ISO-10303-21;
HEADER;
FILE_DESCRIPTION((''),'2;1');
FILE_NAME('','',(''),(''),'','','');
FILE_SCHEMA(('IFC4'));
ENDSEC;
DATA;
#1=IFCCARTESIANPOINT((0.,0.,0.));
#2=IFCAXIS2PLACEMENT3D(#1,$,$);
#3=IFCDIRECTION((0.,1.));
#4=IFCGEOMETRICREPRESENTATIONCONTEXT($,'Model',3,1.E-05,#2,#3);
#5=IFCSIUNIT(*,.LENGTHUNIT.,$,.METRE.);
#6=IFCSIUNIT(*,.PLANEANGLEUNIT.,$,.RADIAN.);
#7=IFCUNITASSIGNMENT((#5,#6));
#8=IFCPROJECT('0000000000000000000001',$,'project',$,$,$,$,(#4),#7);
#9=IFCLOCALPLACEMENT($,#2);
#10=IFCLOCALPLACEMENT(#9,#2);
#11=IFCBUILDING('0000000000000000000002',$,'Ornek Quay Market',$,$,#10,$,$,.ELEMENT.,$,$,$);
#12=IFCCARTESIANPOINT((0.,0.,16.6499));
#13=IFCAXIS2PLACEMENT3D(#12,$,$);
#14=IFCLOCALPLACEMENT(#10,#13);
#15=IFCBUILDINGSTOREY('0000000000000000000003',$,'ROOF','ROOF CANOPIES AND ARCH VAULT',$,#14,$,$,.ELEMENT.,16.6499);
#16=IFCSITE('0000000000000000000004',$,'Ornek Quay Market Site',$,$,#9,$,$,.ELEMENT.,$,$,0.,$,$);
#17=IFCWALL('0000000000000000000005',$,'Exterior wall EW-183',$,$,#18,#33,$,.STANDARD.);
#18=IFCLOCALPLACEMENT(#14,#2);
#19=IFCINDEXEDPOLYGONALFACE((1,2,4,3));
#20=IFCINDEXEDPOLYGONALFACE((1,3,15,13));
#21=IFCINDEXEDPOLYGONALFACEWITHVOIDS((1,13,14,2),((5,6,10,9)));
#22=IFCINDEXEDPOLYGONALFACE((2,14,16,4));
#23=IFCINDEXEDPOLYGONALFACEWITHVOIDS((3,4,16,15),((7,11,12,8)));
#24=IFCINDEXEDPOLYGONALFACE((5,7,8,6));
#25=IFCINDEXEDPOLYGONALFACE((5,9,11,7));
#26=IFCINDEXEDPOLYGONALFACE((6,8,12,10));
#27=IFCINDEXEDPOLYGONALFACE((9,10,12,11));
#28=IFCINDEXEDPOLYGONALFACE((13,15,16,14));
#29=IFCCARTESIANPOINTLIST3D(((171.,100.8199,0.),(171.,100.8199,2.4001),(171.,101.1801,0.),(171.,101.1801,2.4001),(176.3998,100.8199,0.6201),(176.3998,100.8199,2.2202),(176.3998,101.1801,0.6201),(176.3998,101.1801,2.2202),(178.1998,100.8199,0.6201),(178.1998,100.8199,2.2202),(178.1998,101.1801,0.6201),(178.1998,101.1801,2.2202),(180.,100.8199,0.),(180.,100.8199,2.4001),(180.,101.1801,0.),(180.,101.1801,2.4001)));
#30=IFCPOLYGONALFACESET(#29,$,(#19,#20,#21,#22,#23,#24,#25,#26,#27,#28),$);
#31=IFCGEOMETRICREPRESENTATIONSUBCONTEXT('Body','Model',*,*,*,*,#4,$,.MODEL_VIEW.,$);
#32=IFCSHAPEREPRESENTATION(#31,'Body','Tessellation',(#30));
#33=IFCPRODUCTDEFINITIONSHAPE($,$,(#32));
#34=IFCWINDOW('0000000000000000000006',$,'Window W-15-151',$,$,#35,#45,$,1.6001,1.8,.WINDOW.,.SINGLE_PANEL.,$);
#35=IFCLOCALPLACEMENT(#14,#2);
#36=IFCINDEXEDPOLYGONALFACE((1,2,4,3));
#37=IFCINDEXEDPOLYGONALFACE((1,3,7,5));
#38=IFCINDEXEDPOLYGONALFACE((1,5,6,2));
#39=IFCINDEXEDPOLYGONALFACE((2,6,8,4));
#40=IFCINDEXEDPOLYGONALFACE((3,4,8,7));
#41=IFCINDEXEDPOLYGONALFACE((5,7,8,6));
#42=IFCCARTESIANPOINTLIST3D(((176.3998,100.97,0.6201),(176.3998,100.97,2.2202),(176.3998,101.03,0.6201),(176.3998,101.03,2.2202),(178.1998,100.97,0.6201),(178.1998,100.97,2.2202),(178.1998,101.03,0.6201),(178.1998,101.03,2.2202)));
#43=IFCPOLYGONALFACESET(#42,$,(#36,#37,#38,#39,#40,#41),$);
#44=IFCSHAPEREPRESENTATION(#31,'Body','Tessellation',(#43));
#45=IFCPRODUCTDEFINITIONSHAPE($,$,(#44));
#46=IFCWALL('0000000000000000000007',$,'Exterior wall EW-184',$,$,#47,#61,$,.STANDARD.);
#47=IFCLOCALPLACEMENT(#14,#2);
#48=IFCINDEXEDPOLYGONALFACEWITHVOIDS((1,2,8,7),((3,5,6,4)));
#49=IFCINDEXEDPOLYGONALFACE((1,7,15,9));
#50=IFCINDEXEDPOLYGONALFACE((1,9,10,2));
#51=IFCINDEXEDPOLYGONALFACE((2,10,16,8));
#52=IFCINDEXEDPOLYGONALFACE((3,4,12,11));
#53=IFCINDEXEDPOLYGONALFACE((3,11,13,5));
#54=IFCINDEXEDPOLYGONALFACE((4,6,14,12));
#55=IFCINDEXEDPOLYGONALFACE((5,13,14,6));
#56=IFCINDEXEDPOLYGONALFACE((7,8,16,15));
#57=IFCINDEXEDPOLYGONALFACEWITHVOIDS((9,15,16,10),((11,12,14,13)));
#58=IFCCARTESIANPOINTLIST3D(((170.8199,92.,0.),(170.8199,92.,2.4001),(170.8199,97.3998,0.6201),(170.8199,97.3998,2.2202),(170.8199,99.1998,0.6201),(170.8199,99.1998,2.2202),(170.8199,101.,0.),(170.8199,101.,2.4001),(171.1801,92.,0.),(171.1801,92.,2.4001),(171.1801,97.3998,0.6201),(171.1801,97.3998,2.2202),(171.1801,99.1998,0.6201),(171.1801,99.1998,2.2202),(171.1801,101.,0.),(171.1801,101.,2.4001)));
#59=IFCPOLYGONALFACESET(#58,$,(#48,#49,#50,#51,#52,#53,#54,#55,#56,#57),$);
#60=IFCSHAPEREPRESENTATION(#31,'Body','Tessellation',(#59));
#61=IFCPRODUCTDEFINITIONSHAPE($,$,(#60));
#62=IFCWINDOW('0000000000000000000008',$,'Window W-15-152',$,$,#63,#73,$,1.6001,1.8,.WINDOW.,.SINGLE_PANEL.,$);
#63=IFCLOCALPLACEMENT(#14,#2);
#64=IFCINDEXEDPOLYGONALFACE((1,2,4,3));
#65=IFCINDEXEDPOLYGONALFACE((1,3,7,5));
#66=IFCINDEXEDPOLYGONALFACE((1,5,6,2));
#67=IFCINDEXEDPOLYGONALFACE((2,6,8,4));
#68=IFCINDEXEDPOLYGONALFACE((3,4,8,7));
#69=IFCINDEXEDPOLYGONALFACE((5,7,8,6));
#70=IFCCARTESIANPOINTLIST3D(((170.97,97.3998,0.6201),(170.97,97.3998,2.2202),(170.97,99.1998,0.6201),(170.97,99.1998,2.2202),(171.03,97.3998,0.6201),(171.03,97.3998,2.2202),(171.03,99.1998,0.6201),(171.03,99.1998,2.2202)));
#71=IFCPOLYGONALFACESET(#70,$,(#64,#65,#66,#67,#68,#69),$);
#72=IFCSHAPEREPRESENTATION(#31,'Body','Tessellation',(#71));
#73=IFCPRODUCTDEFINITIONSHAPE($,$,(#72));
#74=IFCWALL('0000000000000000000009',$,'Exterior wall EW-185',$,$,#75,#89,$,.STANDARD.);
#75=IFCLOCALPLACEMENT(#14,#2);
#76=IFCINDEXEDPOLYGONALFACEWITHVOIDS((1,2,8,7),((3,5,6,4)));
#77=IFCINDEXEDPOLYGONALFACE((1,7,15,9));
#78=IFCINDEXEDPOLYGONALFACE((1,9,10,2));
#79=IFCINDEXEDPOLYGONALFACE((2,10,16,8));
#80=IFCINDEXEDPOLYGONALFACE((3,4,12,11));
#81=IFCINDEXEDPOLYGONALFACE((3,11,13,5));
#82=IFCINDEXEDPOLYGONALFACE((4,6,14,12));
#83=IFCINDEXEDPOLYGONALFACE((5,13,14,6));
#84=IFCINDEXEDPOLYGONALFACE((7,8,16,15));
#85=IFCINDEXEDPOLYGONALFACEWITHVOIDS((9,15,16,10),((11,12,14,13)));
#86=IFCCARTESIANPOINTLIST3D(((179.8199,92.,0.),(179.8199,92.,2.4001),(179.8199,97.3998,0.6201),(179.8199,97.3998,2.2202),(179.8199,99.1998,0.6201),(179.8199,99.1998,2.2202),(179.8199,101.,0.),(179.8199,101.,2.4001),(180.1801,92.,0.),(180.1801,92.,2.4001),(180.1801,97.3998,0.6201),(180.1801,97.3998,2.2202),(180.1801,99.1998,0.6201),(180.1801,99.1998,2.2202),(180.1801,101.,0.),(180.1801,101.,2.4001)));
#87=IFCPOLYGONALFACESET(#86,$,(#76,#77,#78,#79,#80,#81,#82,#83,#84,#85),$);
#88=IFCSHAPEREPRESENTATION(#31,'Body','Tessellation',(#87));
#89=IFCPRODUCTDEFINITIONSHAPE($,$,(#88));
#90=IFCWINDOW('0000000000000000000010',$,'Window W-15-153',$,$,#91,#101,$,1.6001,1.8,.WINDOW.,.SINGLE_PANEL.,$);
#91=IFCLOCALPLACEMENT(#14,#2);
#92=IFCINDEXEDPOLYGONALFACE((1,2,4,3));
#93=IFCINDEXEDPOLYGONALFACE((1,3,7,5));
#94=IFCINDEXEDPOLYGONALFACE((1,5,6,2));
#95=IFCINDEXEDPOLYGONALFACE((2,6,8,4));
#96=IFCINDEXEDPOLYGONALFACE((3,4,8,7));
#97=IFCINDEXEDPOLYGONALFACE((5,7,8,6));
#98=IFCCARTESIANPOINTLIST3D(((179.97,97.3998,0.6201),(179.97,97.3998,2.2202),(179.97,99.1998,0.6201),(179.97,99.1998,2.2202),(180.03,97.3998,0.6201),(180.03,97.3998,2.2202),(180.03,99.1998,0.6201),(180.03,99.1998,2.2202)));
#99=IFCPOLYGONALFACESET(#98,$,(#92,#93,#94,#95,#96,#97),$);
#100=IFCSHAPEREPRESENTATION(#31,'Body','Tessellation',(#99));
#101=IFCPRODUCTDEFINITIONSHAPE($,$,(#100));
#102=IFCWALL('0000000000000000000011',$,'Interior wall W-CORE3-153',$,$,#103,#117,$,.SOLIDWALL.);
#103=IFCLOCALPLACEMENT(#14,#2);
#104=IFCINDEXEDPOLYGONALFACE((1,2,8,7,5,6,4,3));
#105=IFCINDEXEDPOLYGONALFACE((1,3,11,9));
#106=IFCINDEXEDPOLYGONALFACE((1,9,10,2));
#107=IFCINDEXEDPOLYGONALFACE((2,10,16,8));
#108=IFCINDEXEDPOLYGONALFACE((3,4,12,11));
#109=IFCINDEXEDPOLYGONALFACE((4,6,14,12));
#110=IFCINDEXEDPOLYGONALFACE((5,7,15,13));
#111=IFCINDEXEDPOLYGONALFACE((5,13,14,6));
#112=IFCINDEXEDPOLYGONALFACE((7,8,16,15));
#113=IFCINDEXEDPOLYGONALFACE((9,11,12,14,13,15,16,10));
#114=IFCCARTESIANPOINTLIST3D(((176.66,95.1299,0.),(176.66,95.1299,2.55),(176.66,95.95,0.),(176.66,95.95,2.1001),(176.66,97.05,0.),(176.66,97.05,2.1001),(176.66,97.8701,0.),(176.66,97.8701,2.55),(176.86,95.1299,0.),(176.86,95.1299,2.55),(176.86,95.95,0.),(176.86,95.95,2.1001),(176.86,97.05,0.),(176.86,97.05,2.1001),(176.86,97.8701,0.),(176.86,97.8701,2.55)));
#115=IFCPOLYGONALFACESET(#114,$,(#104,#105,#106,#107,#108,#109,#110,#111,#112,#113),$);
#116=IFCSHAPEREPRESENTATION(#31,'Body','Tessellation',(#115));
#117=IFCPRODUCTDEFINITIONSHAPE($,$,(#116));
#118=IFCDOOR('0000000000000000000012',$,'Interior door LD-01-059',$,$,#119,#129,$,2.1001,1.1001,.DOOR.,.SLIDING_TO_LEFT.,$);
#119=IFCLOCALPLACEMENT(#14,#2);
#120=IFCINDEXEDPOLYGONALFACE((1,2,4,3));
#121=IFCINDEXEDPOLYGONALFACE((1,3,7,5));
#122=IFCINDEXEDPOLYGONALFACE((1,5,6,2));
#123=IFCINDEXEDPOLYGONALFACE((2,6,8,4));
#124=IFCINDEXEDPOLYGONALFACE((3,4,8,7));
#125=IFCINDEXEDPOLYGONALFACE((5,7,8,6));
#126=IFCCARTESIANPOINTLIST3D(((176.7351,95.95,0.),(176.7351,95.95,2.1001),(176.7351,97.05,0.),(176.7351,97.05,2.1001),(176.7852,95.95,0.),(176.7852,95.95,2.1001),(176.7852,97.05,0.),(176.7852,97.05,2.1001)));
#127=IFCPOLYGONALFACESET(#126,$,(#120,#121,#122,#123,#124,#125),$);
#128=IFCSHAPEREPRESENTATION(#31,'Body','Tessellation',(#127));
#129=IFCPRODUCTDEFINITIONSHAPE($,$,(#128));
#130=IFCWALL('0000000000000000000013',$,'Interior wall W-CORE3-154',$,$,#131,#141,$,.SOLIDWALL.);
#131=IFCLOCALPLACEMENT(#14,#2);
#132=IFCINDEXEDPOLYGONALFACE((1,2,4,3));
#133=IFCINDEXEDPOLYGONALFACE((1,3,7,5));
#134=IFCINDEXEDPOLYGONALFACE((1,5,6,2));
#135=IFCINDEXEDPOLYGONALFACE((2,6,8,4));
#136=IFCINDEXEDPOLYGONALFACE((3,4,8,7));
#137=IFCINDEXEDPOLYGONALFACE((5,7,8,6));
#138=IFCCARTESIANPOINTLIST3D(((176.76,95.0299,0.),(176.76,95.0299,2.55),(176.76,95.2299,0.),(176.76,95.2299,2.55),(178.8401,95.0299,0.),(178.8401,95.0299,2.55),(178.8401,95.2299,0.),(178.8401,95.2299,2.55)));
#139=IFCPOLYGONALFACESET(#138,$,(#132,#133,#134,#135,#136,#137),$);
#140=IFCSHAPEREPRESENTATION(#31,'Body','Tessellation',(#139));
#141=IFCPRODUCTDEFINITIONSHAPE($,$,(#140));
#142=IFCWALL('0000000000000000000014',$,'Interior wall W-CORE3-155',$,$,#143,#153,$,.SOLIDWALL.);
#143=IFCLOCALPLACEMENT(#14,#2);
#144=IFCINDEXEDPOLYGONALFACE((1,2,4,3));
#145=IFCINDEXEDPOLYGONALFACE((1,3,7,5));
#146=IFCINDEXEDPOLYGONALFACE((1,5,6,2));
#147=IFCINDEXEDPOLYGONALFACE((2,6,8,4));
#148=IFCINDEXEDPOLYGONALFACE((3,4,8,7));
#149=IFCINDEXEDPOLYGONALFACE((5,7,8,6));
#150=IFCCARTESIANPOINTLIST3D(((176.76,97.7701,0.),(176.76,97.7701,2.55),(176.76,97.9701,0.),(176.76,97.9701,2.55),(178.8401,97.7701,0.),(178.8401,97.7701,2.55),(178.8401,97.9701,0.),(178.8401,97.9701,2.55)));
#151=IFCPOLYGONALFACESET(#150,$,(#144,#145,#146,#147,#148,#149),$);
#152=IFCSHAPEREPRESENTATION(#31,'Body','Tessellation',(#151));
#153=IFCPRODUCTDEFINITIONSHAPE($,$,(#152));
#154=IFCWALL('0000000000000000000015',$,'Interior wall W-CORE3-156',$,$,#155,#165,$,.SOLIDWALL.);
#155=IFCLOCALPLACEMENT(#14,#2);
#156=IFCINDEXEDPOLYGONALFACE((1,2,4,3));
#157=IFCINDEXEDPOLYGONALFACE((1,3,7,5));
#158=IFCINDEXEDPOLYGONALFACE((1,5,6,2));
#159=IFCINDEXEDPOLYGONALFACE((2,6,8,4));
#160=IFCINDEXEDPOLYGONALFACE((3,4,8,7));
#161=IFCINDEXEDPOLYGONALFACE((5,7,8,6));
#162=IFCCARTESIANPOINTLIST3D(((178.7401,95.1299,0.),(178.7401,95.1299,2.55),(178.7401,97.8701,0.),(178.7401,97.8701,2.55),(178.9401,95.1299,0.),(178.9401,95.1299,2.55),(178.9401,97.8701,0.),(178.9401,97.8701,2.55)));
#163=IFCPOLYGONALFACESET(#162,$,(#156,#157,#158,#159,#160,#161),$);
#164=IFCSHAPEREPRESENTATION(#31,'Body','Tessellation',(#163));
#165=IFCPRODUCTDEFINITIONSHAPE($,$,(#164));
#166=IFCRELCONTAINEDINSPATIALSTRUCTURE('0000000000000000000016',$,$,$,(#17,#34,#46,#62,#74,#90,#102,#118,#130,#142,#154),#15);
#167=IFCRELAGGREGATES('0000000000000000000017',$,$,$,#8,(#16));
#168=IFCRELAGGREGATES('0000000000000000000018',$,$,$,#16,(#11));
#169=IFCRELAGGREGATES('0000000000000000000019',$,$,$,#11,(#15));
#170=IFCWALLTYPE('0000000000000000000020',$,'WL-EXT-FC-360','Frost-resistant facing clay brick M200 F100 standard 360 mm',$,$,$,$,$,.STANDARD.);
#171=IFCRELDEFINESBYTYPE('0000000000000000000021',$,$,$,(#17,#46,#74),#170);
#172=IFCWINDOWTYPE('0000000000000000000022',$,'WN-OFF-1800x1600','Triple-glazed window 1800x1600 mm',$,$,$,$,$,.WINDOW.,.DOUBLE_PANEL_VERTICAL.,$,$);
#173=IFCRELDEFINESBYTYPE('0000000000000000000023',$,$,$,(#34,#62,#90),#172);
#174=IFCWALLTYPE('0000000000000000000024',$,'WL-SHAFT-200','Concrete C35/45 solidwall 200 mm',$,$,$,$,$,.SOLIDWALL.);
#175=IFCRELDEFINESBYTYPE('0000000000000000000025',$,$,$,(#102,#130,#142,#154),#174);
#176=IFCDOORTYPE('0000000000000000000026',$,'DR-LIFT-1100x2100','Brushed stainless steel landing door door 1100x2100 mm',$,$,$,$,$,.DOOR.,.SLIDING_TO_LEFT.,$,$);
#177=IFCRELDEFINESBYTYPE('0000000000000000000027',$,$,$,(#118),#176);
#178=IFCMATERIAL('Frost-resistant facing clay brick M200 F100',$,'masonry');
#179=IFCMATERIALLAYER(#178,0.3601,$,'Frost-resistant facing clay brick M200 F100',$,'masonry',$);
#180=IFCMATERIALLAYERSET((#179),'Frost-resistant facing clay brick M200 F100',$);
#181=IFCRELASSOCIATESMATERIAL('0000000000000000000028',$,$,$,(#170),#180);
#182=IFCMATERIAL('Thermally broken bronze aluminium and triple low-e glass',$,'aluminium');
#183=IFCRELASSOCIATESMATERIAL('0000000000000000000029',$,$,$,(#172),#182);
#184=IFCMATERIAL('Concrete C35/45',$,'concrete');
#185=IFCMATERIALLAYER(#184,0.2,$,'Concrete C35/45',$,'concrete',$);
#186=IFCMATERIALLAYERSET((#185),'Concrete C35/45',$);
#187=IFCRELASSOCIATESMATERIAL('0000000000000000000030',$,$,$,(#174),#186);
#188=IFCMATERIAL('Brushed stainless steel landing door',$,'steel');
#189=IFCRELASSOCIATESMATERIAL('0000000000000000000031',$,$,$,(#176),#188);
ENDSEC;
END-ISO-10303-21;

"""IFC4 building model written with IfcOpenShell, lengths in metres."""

from ifc_helpers import new_model, si_unit, direction, frame, frame_2d, origin, place, context, subcontext, project, spatial, rectangle, extrude, material, layer, layer_set, type_object, element, fill, save


model = new_model("IFC4")

# Units and contexts
model_context = context("Model", 3, precision=1e-05, world=origin(), true_north=direction((0.0, 1.0)))
body_context = subcontext(model_context, "Body", "Model", "MODEL_VIEW")
ifc_project = project(units=[si_unit("LENGTHUNIT", "METRE"), si_unit("PLANEANGLEUNIT", "RADIAN")], contexts=[model_context])

# Site, building, storey
site_placement = place(None, origin())
site = spatial("IfcSite", under=ifc_project, at=site_placement, Name="Ornek Quay Market Site", CompositionType="ELEMENT", RefElevation=0.0)
building_placement = place(site_placement, origin())
building = spatial("IfcBuilding", under=site, at=building_placement, Name="Ornek Quay Market", CompositionType="ELEMENT")
storey_placement = place(building_placement, frame((0.0, 0.0, 16.6499)))
storey = spatial("IfcBuildingStorey", under=building, at=storey_placement, Name="ROOF", Description="ROOF CANOPIES AND ARCH VAULT", CompositionType="ELEMENT", Elevation=16.6499)

# Shared definitions
ifc_material_1 = material(Name="Concrete C35/45", Category="concrete")

# Walls, openings, windows
ifc_material_2 = material(Name="Frost-resistant facing clay brick M200 F100", Category="masonry")
ifc_layer_1 = layer(ifc_material_2, 0.3601, Name="Frost-resistant facing clay brick M200 F100", Category="masonry")
ifc_layer_set_1 = layer_set([ifc_layer_1], Name="Frost-resistant facing clay brick M200 F100")
wall_type_1 = type_object("IfcWallType", Name="WL-EXT-FC-360", Description="Frost-resistant facing clay brick M200 F100 standard 360 mm", PredefinedType="STANDARD", material=ifc_layer_set_1)
ifc_material_3 = material(Name="Thermally broken bronze aluminium and triple low-e glass", Category="aluminium")
window_type = type_object("IfcWindowType", Name="WN-OFF-1800x1600", Description="Triple-glazed window 1800x1600 mm", PartitioningType="DOUBLE_PANEL_VERTICAL", PredefinedType="WINDOW", material=ifc_material_3)
wall_1_placement = place(storey_placement, frame((171.0, 101.0, 0.0), z_axis=(0.0, 0.0, 1.0), x_axis=(1.0, 0.0, 0.0)))
wall_1 = element("IfcWall", 1, at=wall_1_placement, inside=storey, type_object=wall_type_1, Name="Exterior wall EW-183", PredefinedType="STANDARD", context=body_context, shape_type="SweptSolid", body=[
    extrude(rectangle(XDim=9.0, YDim=0.3601, at=frame_2d((4.5, 0.0))), origin(), (0.0, 0.0, 1.0), 2.4001),
])
opening_1_placement = place(wall_1_placement, frame((5.3999, 0.0, 0.6201)))
opening_1 = element("IfcOpeningElement", 2, at=opening_1_placement, cuts=wall_1, PredefinedType="OPENING", context=body_context, shape_type="SweptSolid", body=[
    extrude(rectangle(XDim=1.8, YDim=1.6001, at=frame_2d((0.8999, 0.8))), frame((0.0, 0.1899, 0.0), z_axis=(0.0, -1.0, 0.0), x_axis=(1.0, 0.0, 0.0)), (0.0, 0.0, 1.0), 0.3801),
])
window_1_placement = place(opening_1_placement, origin())
window_1 = element("IfcWindow", 3, at=window_1_placement, inside=storey, type_object=window_type, Name="Window W-15-151", OverallHeight=1.6001, OverallWidth=1.8, PartitioningType="SINGLE_PANEL", PredefinedType="WINDOW", context=body_context, shape_type="SweptSolid", body=[
    extrude(rectangle(XDim=1.8, YDim=1.6001, at=frame_2d((0.8999, 0.8))), frame((0.0, 0.03, 0.0), z_axis=(0.0, -1.0, 0.0), x_axis=(1.0, 0.0, 0.0)), (0.0, 0.0, 1.0), 0.0601),
])
fill(opening_1, window_1)
wall_2_placement = place(storey_placement, frame((171.0, 92.0, 0.0), z_axis=(0.0, 0.0, 1.0), x_axis=(0.0, 1.0, 0.0)))
wall_2 = element("IfcWall", 4, at=wall_2_placement, inside=storey, type_object=wall_type_1, Name="Exterior wall EW-184", PredefinedType="STANDARD", context=body_context, shape_type="SweptSolid", body=[
    extrude(rectangle(XDim=9.0, YDim=0.3601, at=frame_2d((4.5, 0.0))), origin(), (0.0, 0.0, 1.0), 2.4001),
])
opening_2_placement = place(wall_2_placement, frame((5.3999, 0.0, 0.6201)))
opening_2 = element("IfcOpeningElement", 5, at=opening_2_placement, cuts=wall_2, PredefinedType="OPENING", context=body_context, shape_type="SweptSolid", body=[
    extrude(rectangle(XDim=1.8, YDim=1.6001, at=frame_2d((0.8999, 0.8))), frame((0.0, 0.1899, 0.0), z_axis=(0.0, -1.0, 0.0), x_axis=(1.0, 0.0, 0.0)), (0.0, 0.0, 1.0), 0.3801),
])
window_2_placement = place(opening_2_placement, origin())
window_2 = element("IfcWindow", 6, at=window_2_placement, inside=storey, type_object=window_type, Name="Window W-15-152", OverallHeight=1.6001, OverallWidth=1.8, PartitioningType="SINGLE_PANEL", PredefinedType="WINDOW", context=body_context, shape_type="SweptSolid", body=[
    extrude(rectangle(XDim=1.8, YDim=1.6001, at=frame_2d((0.8999, 0.8))), frame((0.0, 0.03, 0.0), z_axis=(0.0, -1.0, 0.0), x_axis=(1.0, 0.0, 0.0)), (0.0, 0.0, 1.0), 0.0601),
])
fill(opening_2, window_2)
wall_3_placement = place(storey_placement, frame((180.0, 92.0, 0.0), z_axis=(0.0, 0.0, 1.0), x_axis=(0.0, 1.0, 0.0)))
wall_3 = element("IfcWall", 7, at=wall_3_placement, inside=storey, type_object=wall_type_1, Name="Exterior wall EW-185", PredefinedType="STANDARD", context=body_context, shape_type="SweptSolid", body=[
    extrude(rectangle(XDim=9.0, YDim=0.3601, at=frame_2d((4.5, 0.0))), origin(), (0.0, 0.0, 1.0), 2.4001),
])
opening_3_placement = place(wall_3_placement, frame((5.3999, 0.0, 0.6201)))
opening_3 = element("IfcOpeningElement", 8, at=opening_3_placement, cuts=wall_3, PredefinedType="OPENING", context=body_context, shape_type="SweptSolid", body=[
    extrude(rectangle(XDim=1.8, YDim=1.6001, at=frame_2d((0.8999, 0.8))), frame((0.0, 0.1899, 0.0), z_axis=(0.0, -1.0, 0.0), x_axis=(1.0, 0.0, 0.0)), (0.0, 0.0, 1.0), 0.3801),
])
window_3_placement = place(opening_3_placement, origin())
window_3 = element("IfcWindow", 9, at=window_3_placement, inside=storey, type_object=window_type, Name="Window W-15-153", OverallHeight=1.6001, OverallWidth=1.8, PartitioningType="SINGLE_PANEL", PredefinedType="WINDOW", context=body_context, shape_type="SweptSolid", body=[
    extrude(rectangle(XDim=1.8, YDim=1.6001, at=frame_2d((0.8999, 0.8))), frame((0.0, 0.03, 0.0), z_axis=(0.0, -1.0, 0.0), x_axis=(1.0, 0.0, 0.0)), (0.0, 0.0, 1.0), 0.0601),
])
fill(opening_3, window_3)

# Wall, opening, door
ifc_layer_2 = layer(ifc_material_1, 0.2, Name="Concrete C35/45", Category="concrete")
ifc_layer_set_2 = layer_set([ifc_layer_2], Name="Concrete C35/45")
wall_type_2 = type_object("IfcWallType", Name="WL-SHAFT-200", Description="Concrete C35/45 solidwall 200 mm", PredefinedType="SOLIDWALL", material=ifc_layer_set_2)
wall_4_placement = place(storey_placement, frame((176.76, 95.1299, 0.0), z_axis=(0.0, 0.0, 1.0), x_axis=(0.0, 1.0, 0.0)))
wall_4 = element("IfcWall", 10, at=wall_4_placement, inside=storey, type_object=wall_type_2, Name="Interior wall W-CORE3-153", PredefinedType="SOLIDWALL", context=body_context, shape_type="SweptSolid", body=[
    extrude(rectangle(XDim=2.7402, YDim=0.2, at=frame_2d((1.3701, 0.0))), origin(), (0.0, 0.0, 1.0), 2.55),
])
opening_4_placement = place(wall_4_placement, frame((0.8201, 0.0, 0.0)))
opening_4 = element("IfcOpeningElement", 11, at=opening_4_placement, cuts=wall_4, PredefinedType="OPENING", context=body_context, shape_type="SweptSolid", body=[
    extrude(rectangle(XDim=1.1001, YDim=2.1001, at=frame_2d((0.55, 1.05))), frame((0.0, 0.1099, 0.0), z_axis=(0.0, -1.0, 0.0), x_axis=(1.0, 0.0, 0.0)), (0.0, 0.0, 1.0), 0.22),
])
ifc_material_4 = material(Name="Brushed stainless steel landing door", Category="steel")
door_type_1 = type_object("IfcDoorType", Name="DR-LIFT-1100x2100", Description="Brushed stainless steel landing door door 1100x2100 mm", OperationType="SLIDING_TO_LEFT", PredefinedType="DOOR", material=ifc_material_4)
door_1_placement = place(opening_4_placement, origin())
door_1 = element("IfcDoor", 12, at=door_1_placement, inside=storey, type_object=door_type_1, Name="Interior door LD-01-059", OperationType="SLIDING_TO_LEFT", OverallHeight=2.1001, OverallWidth=1.1001, PredefinedType="DOOR", context=body_context, shape_type="SweptSolid", body=[
    extrude(rectangle(XDim=1.1001, YDim=2.1001, at=frame_2d((0.55, 1.05))), frame((0.0, 0.0249, 0.0), z_axis=(0.0, -1.0, 0.0), x_axis=(1.0, 0.0, 0.0)), (0.0, 0.0, 1.0), 0.05),
])
fill(opening_4, door_1)

# Walls
for number, where, z_axis, x_axis, name in (
    (13, (176.76, 95.1299, 0.0), (0.0, 0.0, 1.0), (1.0, 0.0, 0.0), "Interior wall W-CORE3-154"),
    (14, (176.76, 97.8701, 0.0), (0.0, 0.0, 1.0), (1.0, 0.0, 0.0), "Interior wall W-CORE3-155"),
):
    element("IfcWall", number, at=place(storey_placement, frame(where, z_axis=z_axis, x_axis=x_axis)), inside=storey, type_object=wall_type_2, Name=name, PredefinedType="SOLIDWALL", context=body_context, shape_type="SweptSolid", body=[
        extrude(rectangle(XDim=2.0801, YDim=0.2, at=frame_2d((1.04, 0.0))), origin(), (0.0, 0.0, 1.0), 2.55),
    ])
wall_5_placement = place(storey_placement, frame((178.8401, 95.1299, 0.0), z_axis=(0.0, 0.0, 1.0), x_axis=(0.0, 1.0, 0.0)))
element("IfcWall", 15, at=wall_5_placement, inside=storey, type_object=wall_type_2, Name="Interior wall W-CORE3-156", PredefinedType="SOLIDWALL", context=body_context, shape_type="SweptSolid", body=[
    extrude(rectangle(XDim=2.7402, YDim=0.2, at=frame_2d((1.3701, 0.0))), origin(), (0.0, 0.0, 1.0), 2.55),
])

save(model, "model.ifc")
